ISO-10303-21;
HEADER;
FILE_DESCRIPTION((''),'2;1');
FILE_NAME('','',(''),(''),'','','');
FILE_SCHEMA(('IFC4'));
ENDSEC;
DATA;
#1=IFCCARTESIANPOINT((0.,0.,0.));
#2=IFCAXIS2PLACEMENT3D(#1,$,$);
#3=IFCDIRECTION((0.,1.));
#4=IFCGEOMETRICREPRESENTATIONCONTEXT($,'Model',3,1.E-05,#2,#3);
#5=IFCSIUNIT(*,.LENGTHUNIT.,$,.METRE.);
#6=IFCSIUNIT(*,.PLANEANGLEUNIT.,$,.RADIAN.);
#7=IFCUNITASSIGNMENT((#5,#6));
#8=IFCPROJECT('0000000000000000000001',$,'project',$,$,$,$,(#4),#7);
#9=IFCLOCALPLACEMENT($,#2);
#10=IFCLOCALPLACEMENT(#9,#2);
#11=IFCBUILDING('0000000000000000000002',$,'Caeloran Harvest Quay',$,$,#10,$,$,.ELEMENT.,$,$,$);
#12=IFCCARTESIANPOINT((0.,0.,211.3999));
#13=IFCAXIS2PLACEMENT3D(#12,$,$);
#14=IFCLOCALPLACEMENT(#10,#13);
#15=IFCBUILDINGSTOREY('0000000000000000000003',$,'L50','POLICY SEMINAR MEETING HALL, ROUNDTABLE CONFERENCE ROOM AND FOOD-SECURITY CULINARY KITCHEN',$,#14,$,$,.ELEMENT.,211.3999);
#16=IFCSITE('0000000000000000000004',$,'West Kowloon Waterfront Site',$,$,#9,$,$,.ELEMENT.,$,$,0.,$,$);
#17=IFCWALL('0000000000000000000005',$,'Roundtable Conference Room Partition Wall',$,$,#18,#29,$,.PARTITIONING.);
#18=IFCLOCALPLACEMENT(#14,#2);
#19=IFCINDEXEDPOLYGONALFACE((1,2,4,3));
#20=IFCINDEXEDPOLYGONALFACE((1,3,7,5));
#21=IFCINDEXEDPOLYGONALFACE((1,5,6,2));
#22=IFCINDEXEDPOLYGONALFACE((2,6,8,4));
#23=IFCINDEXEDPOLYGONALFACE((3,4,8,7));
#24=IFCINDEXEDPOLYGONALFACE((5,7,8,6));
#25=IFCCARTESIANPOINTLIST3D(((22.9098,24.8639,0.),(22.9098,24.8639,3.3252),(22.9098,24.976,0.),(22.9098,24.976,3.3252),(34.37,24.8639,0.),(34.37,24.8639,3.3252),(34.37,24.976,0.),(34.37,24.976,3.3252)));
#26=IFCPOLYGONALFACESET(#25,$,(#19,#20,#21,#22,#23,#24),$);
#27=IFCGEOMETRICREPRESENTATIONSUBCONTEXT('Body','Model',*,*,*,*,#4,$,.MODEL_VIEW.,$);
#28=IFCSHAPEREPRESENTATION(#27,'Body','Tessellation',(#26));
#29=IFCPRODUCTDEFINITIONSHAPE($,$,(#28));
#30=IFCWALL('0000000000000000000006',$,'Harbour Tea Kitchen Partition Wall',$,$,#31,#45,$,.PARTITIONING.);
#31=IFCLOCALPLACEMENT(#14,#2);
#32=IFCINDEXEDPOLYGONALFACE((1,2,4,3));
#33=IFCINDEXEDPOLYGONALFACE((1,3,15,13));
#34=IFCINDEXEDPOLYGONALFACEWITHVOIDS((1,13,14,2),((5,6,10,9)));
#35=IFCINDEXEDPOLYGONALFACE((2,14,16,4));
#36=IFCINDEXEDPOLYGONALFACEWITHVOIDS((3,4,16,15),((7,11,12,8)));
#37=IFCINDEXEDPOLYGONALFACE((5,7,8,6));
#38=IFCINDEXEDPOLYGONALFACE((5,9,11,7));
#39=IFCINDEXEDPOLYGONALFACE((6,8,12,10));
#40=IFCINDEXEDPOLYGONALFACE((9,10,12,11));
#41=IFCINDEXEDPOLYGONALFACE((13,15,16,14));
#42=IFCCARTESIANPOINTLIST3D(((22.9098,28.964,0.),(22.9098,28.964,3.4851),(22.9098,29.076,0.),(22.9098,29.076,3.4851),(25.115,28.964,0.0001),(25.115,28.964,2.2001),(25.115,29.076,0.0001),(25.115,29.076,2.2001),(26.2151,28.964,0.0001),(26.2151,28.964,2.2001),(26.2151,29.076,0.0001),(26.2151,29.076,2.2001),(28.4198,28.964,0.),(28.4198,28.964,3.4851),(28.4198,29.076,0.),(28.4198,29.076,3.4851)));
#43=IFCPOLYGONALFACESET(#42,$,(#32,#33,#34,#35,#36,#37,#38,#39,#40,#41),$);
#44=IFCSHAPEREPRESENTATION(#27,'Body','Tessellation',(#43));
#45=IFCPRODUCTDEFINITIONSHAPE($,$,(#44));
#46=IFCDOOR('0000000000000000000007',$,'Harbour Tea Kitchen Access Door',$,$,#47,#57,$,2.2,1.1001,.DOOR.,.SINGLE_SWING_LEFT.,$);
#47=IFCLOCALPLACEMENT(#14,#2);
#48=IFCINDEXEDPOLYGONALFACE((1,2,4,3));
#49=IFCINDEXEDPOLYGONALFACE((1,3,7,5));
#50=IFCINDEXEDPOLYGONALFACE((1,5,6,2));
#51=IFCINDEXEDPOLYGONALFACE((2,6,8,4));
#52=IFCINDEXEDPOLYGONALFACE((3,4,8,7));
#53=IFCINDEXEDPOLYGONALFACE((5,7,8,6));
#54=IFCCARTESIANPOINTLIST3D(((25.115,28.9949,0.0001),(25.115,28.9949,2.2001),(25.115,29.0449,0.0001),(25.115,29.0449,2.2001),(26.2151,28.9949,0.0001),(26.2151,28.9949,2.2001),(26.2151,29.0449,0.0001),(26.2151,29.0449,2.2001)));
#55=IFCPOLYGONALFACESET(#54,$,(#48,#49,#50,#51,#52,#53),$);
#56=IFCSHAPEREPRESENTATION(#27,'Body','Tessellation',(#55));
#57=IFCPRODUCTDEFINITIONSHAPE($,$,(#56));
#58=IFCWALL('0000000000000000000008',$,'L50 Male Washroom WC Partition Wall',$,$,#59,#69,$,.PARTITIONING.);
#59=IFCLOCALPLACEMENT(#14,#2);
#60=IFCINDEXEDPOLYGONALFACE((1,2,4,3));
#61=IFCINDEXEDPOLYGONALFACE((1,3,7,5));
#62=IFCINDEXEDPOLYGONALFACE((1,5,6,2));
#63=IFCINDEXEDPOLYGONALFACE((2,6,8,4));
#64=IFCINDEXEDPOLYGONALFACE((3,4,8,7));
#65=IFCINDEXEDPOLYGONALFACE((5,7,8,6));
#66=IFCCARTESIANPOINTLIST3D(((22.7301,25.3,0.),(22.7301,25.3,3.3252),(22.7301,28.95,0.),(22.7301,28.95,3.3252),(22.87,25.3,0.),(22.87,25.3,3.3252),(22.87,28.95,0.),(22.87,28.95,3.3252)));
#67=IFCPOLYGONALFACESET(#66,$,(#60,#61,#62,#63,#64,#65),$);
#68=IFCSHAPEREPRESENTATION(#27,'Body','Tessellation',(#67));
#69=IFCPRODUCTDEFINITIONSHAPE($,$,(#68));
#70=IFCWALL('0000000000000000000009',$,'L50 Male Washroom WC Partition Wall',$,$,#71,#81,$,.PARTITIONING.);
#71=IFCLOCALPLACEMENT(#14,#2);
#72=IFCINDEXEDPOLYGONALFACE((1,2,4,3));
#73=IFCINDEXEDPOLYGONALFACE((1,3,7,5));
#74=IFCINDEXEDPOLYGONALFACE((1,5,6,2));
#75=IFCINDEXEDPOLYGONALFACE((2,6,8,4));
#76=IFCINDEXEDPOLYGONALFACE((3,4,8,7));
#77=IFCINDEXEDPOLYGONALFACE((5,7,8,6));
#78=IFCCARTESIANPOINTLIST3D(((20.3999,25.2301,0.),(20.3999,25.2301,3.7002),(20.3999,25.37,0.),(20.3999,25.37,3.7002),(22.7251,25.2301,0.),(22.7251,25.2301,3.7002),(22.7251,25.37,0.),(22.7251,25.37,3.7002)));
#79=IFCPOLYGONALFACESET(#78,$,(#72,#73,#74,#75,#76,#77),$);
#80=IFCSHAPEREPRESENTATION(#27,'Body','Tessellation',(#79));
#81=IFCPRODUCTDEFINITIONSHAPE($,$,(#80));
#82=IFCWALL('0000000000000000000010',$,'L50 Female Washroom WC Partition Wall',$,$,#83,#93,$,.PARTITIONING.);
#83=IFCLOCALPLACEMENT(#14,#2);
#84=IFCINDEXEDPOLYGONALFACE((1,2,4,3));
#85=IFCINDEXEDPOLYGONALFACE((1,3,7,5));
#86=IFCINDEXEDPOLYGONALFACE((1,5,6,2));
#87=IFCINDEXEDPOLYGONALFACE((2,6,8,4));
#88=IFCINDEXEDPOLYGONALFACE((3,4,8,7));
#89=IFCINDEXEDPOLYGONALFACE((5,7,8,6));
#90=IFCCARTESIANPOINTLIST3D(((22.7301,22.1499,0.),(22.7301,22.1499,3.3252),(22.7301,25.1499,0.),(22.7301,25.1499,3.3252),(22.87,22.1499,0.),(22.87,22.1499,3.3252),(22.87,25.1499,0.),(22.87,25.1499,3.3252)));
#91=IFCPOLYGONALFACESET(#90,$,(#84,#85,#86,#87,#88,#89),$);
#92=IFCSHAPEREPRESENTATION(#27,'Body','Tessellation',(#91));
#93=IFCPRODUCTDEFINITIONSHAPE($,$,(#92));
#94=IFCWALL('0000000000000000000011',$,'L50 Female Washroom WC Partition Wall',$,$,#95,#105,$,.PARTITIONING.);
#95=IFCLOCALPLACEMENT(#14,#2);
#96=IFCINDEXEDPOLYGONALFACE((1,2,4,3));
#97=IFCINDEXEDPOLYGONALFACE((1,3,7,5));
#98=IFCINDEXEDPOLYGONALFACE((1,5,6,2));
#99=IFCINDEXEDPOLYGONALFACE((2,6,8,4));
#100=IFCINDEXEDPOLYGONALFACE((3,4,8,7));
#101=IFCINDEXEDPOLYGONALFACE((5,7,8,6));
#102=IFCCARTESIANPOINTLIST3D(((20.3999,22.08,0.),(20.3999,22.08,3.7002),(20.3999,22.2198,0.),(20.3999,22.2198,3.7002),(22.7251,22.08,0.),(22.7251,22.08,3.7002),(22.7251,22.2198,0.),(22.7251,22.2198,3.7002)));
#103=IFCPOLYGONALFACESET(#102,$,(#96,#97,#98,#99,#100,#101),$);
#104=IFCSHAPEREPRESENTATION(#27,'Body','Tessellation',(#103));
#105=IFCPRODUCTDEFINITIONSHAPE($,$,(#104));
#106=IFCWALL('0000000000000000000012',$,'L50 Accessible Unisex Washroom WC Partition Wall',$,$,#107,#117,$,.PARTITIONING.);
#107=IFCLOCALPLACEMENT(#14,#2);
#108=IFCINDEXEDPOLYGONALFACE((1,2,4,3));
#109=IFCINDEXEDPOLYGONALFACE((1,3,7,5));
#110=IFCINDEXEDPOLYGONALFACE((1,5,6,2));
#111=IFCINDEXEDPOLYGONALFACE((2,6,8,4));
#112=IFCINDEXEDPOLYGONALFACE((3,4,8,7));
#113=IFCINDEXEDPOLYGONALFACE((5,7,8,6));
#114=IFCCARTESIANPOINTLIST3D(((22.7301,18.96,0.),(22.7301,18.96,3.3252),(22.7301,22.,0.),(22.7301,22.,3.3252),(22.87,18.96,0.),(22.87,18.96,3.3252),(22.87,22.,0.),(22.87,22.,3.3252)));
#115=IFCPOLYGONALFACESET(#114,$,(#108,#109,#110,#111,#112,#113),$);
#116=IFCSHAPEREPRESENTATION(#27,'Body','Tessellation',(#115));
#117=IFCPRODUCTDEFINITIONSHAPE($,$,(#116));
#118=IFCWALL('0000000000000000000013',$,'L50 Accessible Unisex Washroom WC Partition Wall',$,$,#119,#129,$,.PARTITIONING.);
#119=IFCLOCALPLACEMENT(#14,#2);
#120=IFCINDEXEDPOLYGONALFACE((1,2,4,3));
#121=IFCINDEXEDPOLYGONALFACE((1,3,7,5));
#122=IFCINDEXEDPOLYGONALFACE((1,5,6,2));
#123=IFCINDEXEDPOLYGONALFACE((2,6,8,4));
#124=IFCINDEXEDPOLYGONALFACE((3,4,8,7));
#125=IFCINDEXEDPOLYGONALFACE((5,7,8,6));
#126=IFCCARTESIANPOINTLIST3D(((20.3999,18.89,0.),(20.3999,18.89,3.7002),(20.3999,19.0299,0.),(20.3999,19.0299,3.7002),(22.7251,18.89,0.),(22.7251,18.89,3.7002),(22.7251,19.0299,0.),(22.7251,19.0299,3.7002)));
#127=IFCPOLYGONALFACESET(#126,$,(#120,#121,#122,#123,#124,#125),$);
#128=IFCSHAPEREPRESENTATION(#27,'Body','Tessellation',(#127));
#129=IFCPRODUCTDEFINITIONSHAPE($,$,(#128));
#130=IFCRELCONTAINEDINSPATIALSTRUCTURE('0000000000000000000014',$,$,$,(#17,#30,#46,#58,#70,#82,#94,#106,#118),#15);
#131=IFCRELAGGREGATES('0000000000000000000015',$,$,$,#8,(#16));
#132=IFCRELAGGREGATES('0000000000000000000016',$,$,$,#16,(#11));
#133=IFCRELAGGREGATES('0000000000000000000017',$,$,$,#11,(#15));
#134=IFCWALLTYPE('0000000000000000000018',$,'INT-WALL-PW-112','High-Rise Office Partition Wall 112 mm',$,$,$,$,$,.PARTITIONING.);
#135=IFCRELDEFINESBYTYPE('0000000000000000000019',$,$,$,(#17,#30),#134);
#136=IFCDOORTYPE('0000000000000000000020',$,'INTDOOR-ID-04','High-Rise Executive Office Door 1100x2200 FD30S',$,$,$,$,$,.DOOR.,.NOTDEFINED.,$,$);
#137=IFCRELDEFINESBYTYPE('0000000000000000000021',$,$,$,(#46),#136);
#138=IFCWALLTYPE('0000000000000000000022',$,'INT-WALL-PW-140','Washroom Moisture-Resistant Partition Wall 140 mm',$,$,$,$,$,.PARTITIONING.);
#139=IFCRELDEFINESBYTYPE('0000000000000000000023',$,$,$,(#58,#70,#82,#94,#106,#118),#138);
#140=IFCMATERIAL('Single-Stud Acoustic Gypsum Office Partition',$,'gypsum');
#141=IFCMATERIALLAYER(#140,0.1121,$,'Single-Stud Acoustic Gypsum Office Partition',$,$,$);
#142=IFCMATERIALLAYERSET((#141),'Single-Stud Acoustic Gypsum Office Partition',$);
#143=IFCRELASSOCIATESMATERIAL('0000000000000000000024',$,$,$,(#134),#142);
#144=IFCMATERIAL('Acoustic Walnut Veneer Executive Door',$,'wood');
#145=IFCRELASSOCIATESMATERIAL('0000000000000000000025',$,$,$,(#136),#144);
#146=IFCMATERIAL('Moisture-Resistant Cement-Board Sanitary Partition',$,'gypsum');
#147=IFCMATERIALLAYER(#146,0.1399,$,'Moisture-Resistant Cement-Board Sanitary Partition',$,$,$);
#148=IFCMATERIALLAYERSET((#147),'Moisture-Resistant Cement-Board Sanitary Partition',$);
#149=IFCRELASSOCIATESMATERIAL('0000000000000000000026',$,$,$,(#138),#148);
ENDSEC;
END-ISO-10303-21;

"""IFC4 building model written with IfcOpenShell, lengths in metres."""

from ifc_helpers import new_model, si_unit, direction, frame, frame_2d, origin, place, context, subcontext, project, spatial, rectangle, extrude, material, layer, layer_set, type_object, element, fill, save


model = new_model("IFC4")

# Units and contexts
model_context = context("Model", 3, precision=1e-05, world=origin(), true_north=direction((0.0, 1.0)))
body_context = subcontext(model_context, "Body", "Model", "MODEL_VIEW")
ifc_project = project(units=[si_unit("LENGTHUNIT", "METRE"), si_unit("PLANEANGLEUNIT", "RADIAN")], contexts=[model_context])

# Site, building, storey
site_placement = place(None, origin())
site = spatial("IfcSite", under=ifc_project, at=site_placement, Name="West Kowloon Waterfront Site", CompositionType="ELEMENT", RefElevation=0.0)
building_placement = place(site_placement, origin())
building = spatial("IfcBuilding", under=site, at=building_placement, Name="Caeloran Harvest Quay", CompositionType="ELEMENT")
storey_placement = place(building_placement, frame((0.0, 0.0, 211.3999)))
storey = spatial("IfcBuildingStorey", under=building, at=storey_placement, Name="L50", Description="POLICY SEMINAR MEETING HALL, ROUNDTABLE CONFERENCE ROOM AND FOOD-SECURITY CULINARY KITCHEN", CompositionType="ELEMENT", Elevation=211.3999)

# Wall
ifc_material_1 = material(Name="Single-Stud Acoustic Gypsum Office Partition", Category="gypsum")
ifc_layer_1 = layer(ifc_material_1, 0.1121, Name="Single-Stud Acoustic Gypsum Office Partition")
ifc_layer_set_1 = layer_set([ifc_layer_1], Name="Single-Stud Acoustic Gypsum Office Partition")
wall_type_1 = type_object("IfcWallType", Name="INT-WALL-PW-112", Description="High-Rise Office Partition Wall 112 mm", PredefinedType="PARTITIONING", material=ifc_layer_set_1)
wall_1_placement = place(storey_placement, frame((22.9099, 24.9199, 0.0), z_axis=(0.0, 0.0, 1.0), x_axis=(1.0, 0.0, 0.0)))
element("IfcWall", 1, at=wall_1_placement, inside=storey, type_object=wall_type_1, Name="Roundtable Conference Room Partition Wall", PredefinedType="PARTITIONING", context=body_context, shape_type="SweptSolid", body=[
    extrude(rectangle(XDim=11.4602, YDim=0.1121, at=frame_2d((5.73, 0.0))), origin(), (0.0, 0.0, 1.0), 3.3252),
])

# Wall, opening, door
wall_2_placement = place(storey_placement, frame((22.9099, 29.02, 0.0), z_axis=(0.0, 0.0, 1.0), x_axis=(1.0, 0.0, 0.0)))
wall_2 = element("IfcWall", 2, at=wall_2_placement, inside=storey, type_object=wall_type_1, Name="Harbour Tea Kitchen Partition Wall", PredefinedType="PARTITIONING", context=body_context, shape_type="SweptSolid", body=[
    extrude(rectangle(XDim=5.51, YDim=0.1121, at=frame_2d((2.7549, 0.0))), origin(), (0.0, 0.0, 1.0), 3.4851),
])
opening_placement = place(wall_2_placement, frame((2.2051, 0.0, 0.0)))
opening = element("IfcOpeningElement", 3, at=opening_placement, cuts=wall_2, PredefinedType="OPENING", context=body_context, shape_type="SweptSolid", body=[
    extrude(rectangle(XDim=1.1001, YDim=2.2, at=frame_2d((0.55, 1.1001))), frame((0.0, 0.0659, 0.0), z_axis=(0.0, -1.0, 0.0), x_axis=(1.0, 0.0, 0.0)), (0.0, 0.0, 1.0), 0.1321),
])
ifc_material_2 = material(Name="Acoustic Walnut Veneer Executive Door", Category="wood")
door_type = type_object("IfcDoorType", Name="INTDOOR-ID-04", Description="High-Rise Executive Office Door 1100x2200 FD30S", OperationType="NOTDEFINED", PredefinedType="DOOR", material=ifc_material_2)
door_placement = place(opening_placement, origin())
door = element("IfcDoor", 4, at=door_placement, inside=storey, type_object=door_type, Name="Harbour Tea Kitchen Access Door", OperationType="SINGLE_SWING_LEFT", OverallHeight=2.2, OverallWidth=1.1001, PredefinedType="DOOR", context=body_context, shape_type="SweptSolid", body=[
    extrude(rectangle(XDim=1.1001, YDim=2.2, at=frame_2d((0.55, 1.1001))), frame((0.0, 0.0249, 0.0), z_axis=(0.0, -1.0, 0.0), x_axis=(1.0, 0.0, 0.0)), (0.0, 0.0, 1.0), 0.05),
])
fill(opening, door)

# Walls
ifc_material_3 = material(Name="Moisture-Resistant Cement-Board Sanitary Partition", Category="gypsum")
ifc_layer_2 = layer(ifc_material_3, 0.1399, Name="Moisture-Resistant Cement-Board Sanitary Partition")
ifc_layer_set_2 = layer_set([ifc_layer_2], Name="Moisture-Resistant Cement-Board Sanitary Partition")
wall_type_2 = type_object("IfcWallType", Name="INT-WALL-PW-140", Description="Washroom Moisture-Resistant Partition Wall 140 mm", PredefinedType="PARTITIONING", material=ifc_layer_set_2)
wall_3_placement = place(storey_placement, frame((22.8, 28.95, 0.0), z_axis=(0.0, 0.0, 1.0), x_axis=(0.0, -1.0, 0.0)))
element("IfcWall", 5, at=wall_3_placement, inside=storey, type_object=wall_type_2, Name="L50 Male Washroom WC Partition Wall", PredefinedType="PARTITIONING", context=body_context, shape_type="SweptSolid", body=[
    extrude(rectangle(XDim=3.6499, YDim=0.1399, at=frame_2d((1.825, 0.0))), origin(), (0.0, 0.0, 1.0), 3.3252),
])
wall_4_placement = place(storey_placement, frame((22.7251, 25.3, 0.0), z_axis=(0.0, 0.0, 1.0), x_axis=(-1.0, 0.0, 0.0)))
element("IfcWall", 6, at=wall_4_placement, inside=storey, type_object=wall_type_2, Name="L50 Male Washroom WC Partition Wall", PredefinedType="PARTITIONING", context=body_context, shape_type="SweptSolid", body=[
    extrude(rectangle(XDim=2.3252, YDim=0.1399, at=frame_2d((1.1626, 0.0))), origin(), (0.0, 0.0, 1.0), 3.7002),
])
wall_5_placement = place(storey_placement, frame((22.8, 25.1499, 0.0), z_axis=(0.0, 0.0, 1.0), x_axis=(0.0, -1.0, 0.0)))
element("IfcWall", 7, at=wall_5_placement, inside=storey, type_object=wall_type_2, Name="L50 Female Washroom WC Partition Wall", PredefinedType="PARTITIONING", context=body_context, shape_type="SweptSolid", body=[
    extrude(rectangle(XDim=3.0, YDim=0.1399, at=frame_2d((1.5, 0.0))), origin(), (0.0, 0.0, 1.0), 3.3252),
])
wall_6_placement = place(storey_placement, frame((22.7251, 22.1499, 0.0), z_axis=(0.0, 0.0, 1.0), x_axis=(-1.0, 0.0, 0.0)))
element("IfcWall", 8, at=wall_6_placement, inside=storey, type_object=wall_type_2, Name="L50 Female Washroom WC Partition Wall", PredefinedType="PARTITIONING", context=body_context, shape_type="SweptSolid", body=[
    extrude(rectangle(XDim=2.3252, YDim=0.1399, at=frame_2d((1.1626, 0.0))), origin(), (0.0, 0.0, 1.0), 3.7002),
])
wall_7_placement = place(storey_placement, frame((22.8, 22.0, 0.0), z_axis=(0.0, 0.0, 1.0), x_axis=(0.0, -1.0, 0.0)))
element("IfcWall", 9, at=wall_7_placement, inside=storey, type_object=wall_type_2, Name="L50 Accessible Unisex Washroom WC Partition Wall", PredefinedType="PARTITIONING", context=body_context, shape_type="SweptSolid", body=[
    extrude(rectangle(XDim=3.04, YDim=0.1399, at=frame_2d((1.52, 0.0))), origin(), (0.0, 0.0, 1.0), 3.3252),
])
wall_8_placement = place(storey_placement, frame((22.7251, 18.96, 0.0), z_axis=(0.0, 0.0, 1.0), x_axis=(-1.0, 0.0, 0.0)))
element("IfcWall", 10, at=wall_8_placement, inside=storey, type_object=wall_type_2, Name="L50 Accessible Unisex Washroom WC Partition Wall", PredefinedType="PARTITIONING", context=body_context, shape_type="SweptSolid", body=[
    extrude(rectangle(XDim=2.3252, YDim=0.1399, at=frame_2d((1.1626, 0.0))), origin(), (0.0, 0.0, 1.0), 3.7002),
])

save(model, "model.ifc")
